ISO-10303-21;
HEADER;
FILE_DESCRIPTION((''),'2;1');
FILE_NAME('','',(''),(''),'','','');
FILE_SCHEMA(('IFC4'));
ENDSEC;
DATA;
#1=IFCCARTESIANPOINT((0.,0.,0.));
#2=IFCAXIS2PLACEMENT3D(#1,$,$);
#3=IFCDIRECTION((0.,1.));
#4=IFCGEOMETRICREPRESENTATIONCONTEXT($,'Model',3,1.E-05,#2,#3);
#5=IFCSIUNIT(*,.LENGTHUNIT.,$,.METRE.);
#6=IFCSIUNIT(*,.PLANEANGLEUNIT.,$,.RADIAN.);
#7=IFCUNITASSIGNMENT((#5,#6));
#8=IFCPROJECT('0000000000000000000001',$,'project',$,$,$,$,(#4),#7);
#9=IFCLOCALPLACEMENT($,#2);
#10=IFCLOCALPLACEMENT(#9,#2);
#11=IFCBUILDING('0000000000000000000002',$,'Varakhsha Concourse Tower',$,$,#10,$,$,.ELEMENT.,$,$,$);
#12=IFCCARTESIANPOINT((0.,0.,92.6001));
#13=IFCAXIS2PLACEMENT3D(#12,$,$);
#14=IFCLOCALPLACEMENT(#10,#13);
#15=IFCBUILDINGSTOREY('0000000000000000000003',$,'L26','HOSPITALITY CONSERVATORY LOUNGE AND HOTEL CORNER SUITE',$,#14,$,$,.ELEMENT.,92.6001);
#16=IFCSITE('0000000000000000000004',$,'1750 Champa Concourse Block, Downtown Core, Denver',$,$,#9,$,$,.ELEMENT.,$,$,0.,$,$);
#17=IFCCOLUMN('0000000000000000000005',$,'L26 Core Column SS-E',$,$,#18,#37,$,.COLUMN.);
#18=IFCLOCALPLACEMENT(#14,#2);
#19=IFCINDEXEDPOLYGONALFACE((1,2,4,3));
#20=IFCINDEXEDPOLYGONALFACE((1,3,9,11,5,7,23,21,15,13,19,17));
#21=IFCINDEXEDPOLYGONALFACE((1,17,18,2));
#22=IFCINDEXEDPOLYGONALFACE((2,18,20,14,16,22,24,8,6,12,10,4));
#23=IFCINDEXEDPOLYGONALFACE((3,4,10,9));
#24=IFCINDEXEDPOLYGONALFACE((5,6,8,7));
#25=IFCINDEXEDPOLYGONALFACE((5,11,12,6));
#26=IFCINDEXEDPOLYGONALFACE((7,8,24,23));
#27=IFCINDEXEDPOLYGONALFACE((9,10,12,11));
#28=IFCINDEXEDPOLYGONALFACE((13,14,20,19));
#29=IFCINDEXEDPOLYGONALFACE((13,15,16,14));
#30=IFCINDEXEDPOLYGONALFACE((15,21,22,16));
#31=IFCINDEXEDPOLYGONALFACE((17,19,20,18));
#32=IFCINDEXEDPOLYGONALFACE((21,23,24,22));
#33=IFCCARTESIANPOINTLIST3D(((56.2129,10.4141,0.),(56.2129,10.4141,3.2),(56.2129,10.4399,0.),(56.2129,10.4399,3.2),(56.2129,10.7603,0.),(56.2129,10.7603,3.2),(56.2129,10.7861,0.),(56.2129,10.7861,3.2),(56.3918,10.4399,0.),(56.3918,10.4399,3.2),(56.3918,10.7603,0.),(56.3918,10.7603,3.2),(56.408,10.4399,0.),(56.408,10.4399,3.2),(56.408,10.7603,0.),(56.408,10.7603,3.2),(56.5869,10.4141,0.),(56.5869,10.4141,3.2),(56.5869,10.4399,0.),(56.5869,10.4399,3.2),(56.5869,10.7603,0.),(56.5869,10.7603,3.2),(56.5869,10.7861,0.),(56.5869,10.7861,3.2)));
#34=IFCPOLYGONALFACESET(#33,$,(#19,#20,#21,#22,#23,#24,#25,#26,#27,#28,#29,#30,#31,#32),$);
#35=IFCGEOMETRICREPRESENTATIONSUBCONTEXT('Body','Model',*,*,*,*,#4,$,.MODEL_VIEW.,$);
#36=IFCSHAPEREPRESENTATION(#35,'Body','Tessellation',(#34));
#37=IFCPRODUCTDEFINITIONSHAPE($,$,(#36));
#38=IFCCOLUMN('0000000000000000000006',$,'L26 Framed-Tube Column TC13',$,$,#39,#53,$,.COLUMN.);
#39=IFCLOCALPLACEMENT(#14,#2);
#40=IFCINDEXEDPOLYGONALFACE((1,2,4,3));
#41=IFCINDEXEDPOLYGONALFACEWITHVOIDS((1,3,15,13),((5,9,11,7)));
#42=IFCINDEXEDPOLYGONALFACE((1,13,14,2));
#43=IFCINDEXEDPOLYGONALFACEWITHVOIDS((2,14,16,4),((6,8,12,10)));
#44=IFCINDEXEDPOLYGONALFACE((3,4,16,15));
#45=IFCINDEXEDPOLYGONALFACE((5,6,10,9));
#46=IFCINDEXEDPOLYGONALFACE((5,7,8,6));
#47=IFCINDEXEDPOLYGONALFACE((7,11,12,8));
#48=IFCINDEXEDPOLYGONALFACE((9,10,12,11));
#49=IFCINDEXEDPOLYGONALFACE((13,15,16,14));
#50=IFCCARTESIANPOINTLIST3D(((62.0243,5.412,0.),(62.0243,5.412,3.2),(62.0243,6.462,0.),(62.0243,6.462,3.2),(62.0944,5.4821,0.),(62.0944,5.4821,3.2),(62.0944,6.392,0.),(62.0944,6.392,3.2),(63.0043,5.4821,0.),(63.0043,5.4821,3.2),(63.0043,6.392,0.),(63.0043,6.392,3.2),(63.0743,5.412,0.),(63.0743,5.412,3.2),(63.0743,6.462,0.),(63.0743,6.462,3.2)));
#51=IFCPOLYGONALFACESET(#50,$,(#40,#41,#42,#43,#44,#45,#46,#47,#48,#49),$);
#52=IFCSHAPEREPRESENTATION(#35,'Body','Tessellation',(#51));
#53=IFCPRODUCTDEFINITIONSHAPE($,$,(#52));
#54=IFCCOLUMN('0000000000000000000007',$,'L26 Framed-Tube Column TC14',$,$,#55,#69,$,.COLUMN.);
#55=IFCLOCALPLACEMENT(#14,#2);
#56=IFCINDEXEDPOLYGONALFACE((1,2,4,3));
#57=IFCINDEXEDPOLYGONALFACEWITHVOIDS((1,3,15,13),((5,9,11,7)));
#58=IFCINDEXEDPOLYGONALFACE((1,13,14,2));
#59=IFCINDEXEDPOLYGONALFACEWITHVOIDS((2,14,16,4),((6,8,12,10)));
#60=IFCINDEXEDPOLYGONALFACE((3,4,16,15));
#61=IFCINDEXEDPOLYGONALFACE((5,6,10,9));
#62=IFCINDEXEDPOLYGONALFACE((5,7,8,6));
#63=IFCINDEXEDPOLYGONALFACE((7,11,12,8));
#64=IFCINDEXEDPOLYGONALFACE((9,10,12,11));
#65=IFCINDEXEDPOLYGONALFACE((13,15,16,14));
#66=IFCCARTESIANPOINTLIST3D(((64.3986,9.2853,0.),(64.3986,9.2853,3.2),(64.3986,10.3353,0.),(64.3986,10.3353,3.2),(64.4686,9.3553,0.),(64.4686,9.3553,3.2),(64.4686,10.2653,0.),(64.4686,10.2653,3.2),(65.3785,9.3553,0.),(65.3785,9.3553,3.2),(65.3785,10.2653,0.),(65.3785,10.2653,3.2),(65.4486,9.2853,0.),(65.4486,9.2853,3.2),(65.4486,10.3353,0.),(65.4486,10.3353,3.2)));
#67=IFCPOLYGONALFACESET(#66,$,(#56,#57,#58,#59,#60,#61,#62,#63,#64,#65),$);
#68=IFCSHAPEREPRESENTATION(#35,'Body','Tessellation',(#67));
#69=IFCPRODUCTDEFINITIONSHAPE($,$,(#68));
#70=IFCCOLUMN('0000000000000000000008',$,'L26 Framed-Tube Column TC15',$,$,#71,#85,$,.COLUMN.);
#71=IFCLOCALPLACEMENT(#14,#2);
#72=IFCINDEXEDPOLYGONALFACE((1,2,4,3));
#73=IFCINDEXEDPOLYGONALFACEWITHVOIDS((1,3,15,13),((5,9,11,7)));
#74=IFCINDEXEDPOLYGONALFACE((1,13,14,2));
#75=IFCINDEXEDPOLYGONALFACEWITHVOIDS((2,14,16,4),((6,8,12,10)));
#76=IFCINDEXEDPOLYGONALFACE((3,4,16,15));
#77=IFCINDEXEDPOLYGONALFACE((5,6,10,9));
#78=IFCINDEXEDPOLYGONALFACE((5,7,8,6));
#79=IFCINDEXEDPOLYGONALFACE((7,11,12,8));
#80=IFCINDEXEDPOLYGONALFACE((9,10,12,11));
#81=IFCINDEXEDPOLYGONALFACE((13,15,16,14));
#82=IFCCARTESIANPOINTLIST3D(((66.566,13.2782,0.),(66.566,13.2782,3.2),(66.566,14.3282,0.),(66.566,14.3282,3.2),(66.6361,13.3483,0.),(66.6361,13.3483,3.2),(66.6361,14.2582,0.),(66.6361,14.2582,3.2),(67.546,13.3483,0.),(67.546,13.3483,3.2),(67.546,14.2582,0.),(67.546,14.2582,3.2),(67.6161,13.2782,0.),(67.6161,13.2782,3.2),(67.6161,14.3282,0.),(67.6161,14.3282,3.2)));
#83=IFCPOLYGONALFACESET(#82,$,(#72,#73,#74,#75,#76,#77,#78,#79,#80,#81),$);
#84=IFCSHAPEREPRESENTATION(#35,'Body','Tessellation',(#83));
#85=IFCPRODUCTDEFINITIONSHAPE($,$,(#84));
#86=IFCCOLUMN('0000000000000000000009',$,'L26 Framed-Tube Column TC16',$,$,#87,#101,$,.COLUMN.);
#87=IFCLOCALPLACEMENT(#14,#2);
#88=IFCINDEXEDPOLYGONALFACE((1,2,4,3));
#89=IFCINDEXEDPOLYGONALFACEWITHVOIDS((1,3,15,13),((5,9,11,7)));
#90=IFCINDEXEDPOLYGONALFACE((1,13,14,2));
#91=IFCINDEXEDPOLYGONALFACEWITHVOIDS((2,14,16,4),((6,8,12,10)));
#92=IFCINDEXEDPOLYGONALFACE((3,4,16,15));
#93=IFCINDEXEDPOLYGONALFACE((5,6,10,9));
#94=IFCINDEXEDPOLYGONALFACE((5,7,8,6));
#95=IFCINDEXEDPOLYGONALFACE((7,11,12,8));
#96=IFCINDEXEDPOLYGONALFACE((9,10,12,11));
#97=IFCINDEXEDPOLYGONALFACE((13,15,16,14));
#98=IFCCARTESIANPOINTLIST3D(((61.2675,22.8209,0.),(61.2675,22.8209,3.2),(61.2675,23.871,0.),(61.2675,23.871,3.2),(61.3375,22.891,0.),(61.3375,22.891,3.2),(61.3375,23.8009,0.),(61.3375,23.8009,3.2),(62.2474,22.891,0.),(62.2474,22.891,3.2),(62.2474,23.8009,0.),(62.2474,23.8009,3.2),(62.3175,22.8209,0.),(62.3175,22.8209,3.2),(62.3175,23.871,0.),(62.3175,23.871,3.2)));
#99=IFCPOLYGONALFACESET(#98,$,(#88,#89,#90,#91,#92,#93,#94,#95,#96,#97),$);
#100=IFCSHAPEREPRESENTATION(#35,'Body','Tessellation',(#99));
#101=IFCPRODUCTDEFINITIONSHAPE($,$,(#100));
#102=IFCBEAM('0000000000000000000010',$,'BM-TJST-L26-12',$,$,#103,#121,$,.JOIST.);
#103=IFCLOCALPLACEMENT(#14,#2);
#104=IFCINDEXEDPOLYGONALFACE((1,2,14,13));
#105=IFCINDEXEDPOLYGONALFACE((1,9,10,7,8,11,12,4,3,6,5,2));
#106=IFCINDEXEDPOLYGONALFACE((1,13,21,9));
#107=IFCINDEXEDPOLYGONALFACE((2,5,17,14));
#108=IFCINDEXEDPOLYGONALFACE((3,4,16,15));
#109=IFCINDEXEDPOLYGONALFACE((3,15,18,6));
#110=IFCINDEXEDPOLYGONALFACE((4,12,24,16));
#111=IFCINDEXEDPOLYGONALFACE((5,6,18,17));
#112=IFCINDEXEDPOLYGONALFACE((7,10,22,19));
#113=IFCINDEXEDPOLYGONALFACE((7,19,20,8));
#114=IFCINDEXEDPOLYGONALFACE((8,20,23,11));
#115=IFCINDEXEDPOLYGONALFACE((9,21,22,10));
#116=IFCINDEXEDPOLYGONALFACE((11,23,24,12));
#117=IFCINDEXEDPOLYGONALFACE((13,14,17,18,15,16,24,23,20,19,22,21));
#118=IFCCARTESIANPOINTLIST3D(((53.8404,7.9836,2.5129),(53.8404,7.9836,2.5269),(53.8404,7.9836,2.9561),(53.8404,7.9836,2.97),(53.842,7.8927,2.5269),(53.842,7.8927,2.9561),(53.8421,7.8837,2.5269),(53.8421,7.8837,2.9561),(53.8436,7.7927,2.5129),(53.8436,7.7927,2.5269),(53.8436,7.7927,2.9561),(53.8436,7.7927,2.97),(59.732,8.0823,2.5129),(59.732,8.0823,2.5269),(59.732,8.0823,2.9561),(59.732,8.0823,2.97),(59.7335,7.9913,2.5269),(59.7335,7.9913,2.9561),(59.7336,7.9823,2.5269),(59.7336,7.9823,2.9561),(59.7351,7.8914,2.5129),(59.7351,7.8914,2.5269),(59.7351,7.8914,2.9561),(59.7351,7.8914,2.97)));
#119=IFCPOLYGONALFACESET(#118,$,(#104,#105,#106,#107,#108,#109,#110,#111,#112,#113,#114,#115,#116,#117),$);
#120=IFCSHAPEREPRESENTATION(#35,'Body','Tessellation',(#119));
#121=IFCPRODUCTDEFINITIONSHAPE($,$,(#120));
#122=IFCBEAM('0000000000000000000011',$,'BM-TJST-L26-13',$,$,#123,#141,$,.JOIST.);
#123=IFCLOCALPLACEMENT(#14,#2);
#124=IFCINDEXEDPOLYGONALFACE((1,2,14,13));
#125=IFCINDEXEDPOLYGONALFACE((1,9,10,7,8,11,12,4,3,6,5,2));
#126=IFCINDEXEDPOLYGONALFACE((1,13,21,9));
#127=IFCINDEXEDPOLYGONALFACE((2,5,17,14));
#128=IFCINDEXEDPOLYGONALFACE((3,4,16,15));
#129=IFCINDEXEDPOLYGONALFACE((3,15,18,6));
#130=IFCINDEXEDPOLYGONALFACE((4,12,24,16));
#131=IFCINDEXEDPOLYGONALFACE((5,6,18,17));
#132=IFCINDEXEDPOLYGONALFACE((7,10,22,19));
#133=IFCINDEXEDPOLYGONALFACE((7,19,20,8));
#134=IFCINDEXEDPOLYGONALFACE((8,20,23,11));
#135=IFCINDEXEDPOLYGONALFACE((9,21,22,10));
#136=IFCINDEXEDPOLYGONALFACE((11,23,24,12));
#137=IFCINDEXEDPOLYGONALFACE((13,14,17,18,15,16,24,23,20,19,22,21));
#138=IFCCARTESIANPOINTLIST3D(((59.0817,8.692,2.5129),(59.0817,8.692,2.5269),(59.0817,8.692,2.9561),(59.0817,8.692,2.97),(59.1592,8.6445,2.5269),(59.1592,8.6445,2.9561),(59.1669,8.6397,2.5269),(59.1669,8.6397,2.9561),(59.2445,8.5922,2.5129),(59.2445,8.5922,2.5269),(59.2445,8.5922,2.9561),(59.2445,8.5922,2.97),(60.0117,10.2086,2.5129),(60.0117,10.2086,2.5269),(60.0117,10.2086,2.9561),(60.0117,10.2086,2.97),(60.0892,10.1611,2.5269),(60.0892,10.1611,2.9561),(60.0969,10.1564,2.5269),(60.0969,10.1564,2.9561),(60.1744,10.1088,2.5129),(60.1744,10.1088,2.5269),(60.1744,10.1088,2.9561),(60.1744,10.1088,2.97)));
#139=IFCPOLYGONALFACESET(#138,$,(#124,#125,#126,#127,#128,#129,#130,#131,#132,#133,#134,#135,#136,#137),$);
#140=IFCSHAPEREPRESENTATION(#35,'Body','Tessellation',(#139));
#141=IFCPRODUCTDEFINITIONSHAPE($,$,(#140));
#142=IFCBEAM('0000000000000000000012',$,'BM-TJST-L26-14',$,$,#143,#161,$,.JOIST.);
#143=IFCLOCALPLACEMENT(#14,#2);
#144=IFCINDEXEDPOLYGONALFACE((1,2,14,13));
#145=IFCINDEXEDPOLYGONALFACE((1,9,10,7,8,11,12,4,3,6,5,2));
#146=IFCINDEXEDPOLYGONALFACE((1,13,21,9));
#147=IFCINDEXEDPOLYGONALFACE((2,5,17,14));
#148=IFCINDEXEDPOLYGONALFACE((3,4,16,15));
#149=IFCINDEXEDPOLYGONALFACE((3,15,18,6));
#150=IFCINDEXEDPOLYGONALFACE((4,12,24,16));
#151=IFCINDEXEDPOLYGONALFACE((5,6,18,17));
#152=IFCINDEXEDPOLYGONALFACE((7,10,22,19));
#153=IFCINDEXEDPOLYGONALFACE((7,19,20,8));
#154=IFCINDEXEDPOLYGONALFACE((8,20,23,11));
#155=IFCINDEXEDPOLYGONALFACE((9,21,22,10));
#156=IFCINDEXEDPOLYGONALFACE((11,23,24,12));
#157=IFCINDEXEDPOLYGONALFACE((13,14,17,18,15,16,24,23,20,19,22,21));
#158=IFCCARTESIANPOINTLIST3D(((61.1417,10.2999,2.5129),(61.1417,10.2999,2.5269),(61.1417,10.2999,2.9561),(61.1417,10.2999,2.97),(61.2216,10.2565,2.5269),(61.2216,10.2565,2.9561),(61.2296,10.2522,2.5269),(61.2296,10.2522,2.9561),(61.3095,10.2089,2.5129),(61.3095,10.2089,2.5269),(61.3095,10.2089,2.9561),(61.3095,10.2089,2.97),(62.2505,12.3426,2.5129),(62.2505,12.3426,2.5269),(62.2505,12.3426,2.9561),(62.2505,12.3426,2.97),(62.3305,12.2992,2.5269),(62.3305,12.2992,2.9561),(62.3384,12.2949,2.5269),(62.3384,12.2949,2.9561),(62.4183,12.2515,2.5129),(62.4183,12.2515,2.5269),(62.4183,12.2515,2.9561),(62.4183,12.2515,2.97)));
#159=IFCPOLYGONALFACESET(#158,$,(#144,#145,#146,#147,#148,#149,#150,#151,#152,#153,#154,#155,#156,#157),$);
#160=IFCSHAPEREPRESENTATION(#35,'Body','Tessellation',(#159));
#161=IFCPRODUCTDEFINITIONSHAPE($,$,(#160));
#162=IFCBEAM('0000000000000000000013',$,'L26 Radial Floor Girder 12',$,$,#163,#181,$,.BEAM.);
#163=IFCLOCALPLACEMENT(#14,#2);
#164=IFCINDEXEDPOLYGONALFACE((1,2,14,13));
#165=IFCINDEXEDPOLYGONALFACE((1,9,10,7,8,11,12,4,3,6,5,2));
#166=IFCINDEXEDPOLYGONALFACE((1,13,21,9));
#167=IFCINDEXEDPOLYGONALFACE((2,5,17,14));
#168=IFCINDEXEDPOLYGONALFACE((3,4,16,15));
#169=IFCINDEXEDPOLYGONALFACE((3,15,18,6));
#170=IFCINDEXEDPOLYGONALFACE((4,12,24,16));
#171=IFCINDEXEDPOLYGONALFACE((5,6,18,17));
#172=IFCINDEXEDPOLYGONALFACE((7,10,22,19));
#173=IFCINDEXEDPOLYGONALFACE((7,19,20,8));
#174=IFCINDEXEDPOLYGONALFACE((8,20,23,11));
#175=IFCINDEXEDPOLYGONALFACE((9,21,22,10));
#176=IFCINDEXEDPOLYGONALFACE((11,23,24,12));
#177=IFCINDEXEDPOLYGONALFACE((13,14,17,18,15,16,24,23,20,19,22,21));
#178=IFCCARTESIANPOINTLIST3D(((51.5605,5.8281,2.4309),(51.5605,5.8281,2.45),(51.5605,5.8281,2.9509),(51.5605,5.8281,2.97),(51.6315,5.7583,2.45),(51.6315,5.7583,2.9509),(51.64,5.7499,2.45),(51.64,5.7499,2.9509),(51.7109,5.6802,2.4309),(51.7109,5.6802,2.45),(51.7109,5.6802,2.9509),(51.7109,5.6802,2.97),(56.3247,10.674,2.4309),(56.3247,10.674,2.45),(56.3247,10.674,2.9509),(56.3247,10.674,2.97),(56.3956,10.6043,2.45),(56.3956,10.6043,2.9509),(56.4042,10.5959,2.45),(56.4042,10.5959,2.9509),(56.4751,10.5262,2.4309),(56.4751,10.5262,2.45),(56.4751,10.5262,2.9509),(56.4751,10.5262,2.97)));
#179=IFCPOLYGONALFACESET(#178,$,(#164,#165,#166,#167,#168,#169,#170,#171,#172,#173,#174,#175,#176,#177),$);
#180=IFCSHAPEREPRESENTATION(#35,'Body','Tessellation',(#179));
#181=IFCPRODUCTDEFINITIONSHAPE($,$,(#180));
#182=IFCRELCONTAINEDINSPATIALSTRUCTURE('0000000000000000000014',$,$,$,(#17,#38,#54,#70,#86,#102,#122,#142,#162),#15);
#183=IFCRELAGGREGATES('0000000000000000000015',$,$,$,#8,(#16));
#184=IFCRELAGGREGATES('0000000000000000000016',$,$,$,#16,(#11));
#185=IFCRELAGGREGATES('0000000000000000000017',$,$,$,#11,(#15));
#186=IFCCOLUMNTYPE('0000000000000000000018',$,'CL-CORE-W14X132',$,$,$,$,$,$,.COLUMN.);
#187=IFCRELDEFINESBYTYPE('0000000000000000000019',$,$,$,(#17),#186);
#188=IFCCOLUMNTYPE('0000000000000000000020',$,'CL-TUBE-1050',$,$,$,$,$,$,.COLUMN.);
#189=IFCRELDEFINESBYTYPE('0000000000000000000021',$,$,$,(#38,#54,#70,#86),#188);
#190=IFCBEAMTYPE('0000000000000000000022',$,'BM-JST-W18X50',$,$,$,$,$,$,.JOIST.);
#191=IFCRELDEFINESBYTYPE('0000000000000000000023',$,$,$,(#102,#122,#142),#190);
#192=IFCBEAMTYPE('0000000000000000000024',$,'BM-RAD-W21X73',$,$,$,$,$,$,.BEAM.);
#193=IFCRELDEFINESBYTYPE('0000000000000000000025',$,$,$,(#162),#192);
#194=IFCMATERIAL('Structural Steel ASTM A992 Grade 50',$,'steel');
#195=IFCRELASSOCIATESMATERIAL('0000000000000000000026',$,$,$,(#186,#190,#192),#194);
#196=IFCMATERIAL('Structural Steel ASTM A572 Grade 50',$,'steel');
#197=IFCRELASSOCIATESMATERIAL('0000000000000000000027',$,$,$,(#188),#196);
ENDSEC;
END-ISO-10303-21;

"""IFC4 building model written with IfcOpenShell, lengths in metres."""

from ifc_helpers import new_model, si_unit, direction, frame, origin, origin_2d, place, context, subcontext, project, spatial, hollow_rectangle, i_section, extrude, material, material_profile, profile_set, type_object, element, save


model = new_model("IFC4")

# Units and contexts
model_context = context("Model", 3, precision=1e-05, world=origin(), true_north=direction((0.0, 1.0)))
body_context = subcontext(model_context, "Body", "Model", "MODEL_VIEW")
ifc_project = project(units=[si_unit("LENGTHUNIT", "METRE"), si_unit("PLANEANGLEUNIT", "RADIAN")], contexts=[model_context])

# Site, building, storey
site_placement = place(None, origin())
site = spatial("IfcSite", under=ifc_project, at=site_placement, Name="1750 Champa Concourse Block, Downtown Core, Denver", CompositionType="ELEMENT", RefElevation=0.0)
building_placement = place(site_placement, origin())
building = spatial("IfcBuilding", under=site, at=building_placement, Name="Varakhsha Concourse Tower", CompositionType="ELEMENT")
storey_placement = place(building_placement, frame((0.0, 0.0, 92.6001)))
storey = spatial("IfcBuildingStorey", under=building, at=storey_placement, Name="L26", Description="HOSPITALITY CONSERVATORY LOUNGE AND HOTEL CORNER SUITE", CompositionType="ELEMENT", Elevation=92.6001)

# Columns
ifc_material_1 = material(Name="Structural Steel ASTM A992 Grade 50", Category="steel")
ifc_material_profile_1 = material_profile(ifc_material_1, i_section(OverallWidth=0.374, OverallDepth=0.3721, WebThickness=0.0161, FlangeThickness=0.0259, at=origin_2d()), Name="W14X132")
ifc_profile_set_1 = profile_set([ifc_material_profile_1], Name="Structural Steel ASTM A992 Grade 50")
column_type_1 = type_object("IfcColumnType", Name="CL-CORE-W14X132", PredefinedType="COLUMN", material=ifc_profile_set_1)
column_placement = place(storey_placement, frame((56.3999, 10.6001, 0.0), z_axis=(0.0, 0.0, 1.0), x_axis=(1.0, 0.0, 0.0)))
element("IfcColumn", 1, at=column_placement, inside=storey, type_object=column_type_1, Name="L26 Core Column SS-E", PredefinedType="COLUMN", context=body_context, shape_type="SweptSolid", body=[
    extrude(i_section(OverallWidth=0.374, OverallDepth=0.3721, WebThickness=0.0161, FlangeThickness=0.0259, at=origin_2d()), origin(), (0.0, 0.0, 1.0), 3.2),
])
ifc_material_2 = material(Name="Structural Steel ASTM A572 Grade 50", Category="steel")
ifc_material_profile_2 = material_profile(ifc_material_2, hollow_rectangle(XDim=1.05, YDim=1.05, WallThickness=0.0701, at=origin_2d()), Name="BOX 1050x1050x70")
ifc_profile_set_2 = profile_set([ifc_material_profile_2], Name="Structural Steel ASTM A572 Grade 50")
column_type_2 = type_object("IfcColumnType", Name="CL-TUBE-1050", PredefinedType="COLUMN", material=ifc_profile_set_2)
for number, where, z_axis, x_axis, name in (
    (2, (62.5493, 5.937, 0.0), (0.0, 0.0, 1.0), (1.0, 0.0, 0.0), "L26 Framed-Tube Column TC13"),
    (3, (64.9236, 9.8103, 0.0), (0.0, 0.0, 1.0), (1.0, 0.0, 0.0), "L26 Framed-Tube Column TC14"),
    (4, (67.0911, 13.8032, 0.0), (0.0, 0.0, 1.0), (1.0, 0.0, 0.0), "L26 Framed-Tube Column TC15"),
    (5, (61.7925, 23.3459, 0.0), (0.0, 0.0, 1.0), (1.0, 0.0, 0.0), "L26 Framed-Tube Column TC16"),
):
    element("IfcColumn", number, at=place(storey_placement, frame(where, z_axis=z_axis, x_axis=x_axis)), inside=storey, type_object=column_type_2, Name=name, PredefinedType="COLUMN", context=body_context, shape_type="SweptSolid", body=[
        extrude(hollow_rectangle(XDim=1.05, YDim=1.05, WallThickness=0.0701, at=origin_2d()), origin(), (0.0, 0.0, 1.0), 3.2),
    ])

# Beams
ifc_material_profile_3 = material_profile(ifc_material_1, i_section(OverallWidth=0.1909, OverallDepth=0.457, WebThickness=0.009, FlangeThickness=0.0139, at=origin_2d()), Name="W18X50")
ifc_profile_set_3 = profile_set([ifc_material_profile_3], Name="Structural Steel ASTM A992 Grade 50")
beam_type_1 = type_object("IfcBeamType", Name="BM-JST-W18X50", PredefinedType="JOIST", material=ifc_profile_set_3)
beam_1_placement = place(storey_placement, frame((53.842, 7.8882, 2.7415), z_axis=(0.99986, 0.016739, 0.0), x_axis=(-0.016739, 0.99986, 0.0)))
element("IfcBeam", 6, at=beam_1_placement, inside=storey, type_object=beam_type_1, Name="BM-TJST-L26-12", PredefinedType="JOIST", context=body_context, shape_type="SweptSolid", body=[
    extrude(i_section(OverallWidth=0.1909, OverallDepth=0.457, WebThickness=0.009, FlangeThickness=0.0139, at=origin_2d()), origin(), (0.0, 0.0, 1.0), 5.8923),
])
beam_2_placement = place(storey_placement, frame((59.1631, 8.6421, 2.7415), z_axis=(0.522726, 0.852501, 0.0), x_axis=(-0.852501, 0.522726, 0.0)))
element("IfcBeam", 7, at=beam_2_placement, inside=storey, type_object=beam_type_1, Name="BM-TJST-L26-13", PredefinedType="JOIST", context=body_context, shape_type="SweptSolid", body=[
    extrude(i_section(OverallWidth=0.1909, OverallDepth=0.457, WebThickness=0.009, FlangeThickness=0.0139, at=origin_2d()), origin(), (0.0, 0.0, 1.0), 1.7791),
])
beam_3_placement = place(storey_placement, frame((61.2256, 10.2544, 2.7415), z_axis=(0.477085, 0.878857, 0.0), x_axis=(-0.878857, 0.477085, 0.0)))
element("IfcBeam", 8, at=beam_3_placement, inside=storey, type_object=beam_type_1, Name="BM-TJST-L26-14", PredefinedType="JOIST", context=body_context, shape_type="SweptSolid", body=[
    extrude(i_section(OverallWidth=0.1909, OverallDepth=0.457, WebThickness=0.009, FlangeThickness=0.0139, at=origin_2d()), origin(), (0.0, 0.0, 1.0), 2.3242),
])
ifc_material_profile_4 = material_profile(ifc_material_1, i_section(OverallWidth=0.2109, OverallDepth=0.5391, WebThickness=0.012, FlangeThickness=0.019, at=origin_2d()), Name="W21X73")
ifc_profile_set_4 = profile_set([ifc_material_profile_4], Name="Structural Steel ASTM A992 Grade 50")
beam_type_2 = type_object("IfcBeamType", Name="BM-RAD-W21X73", PredefinedType="BEAM", material=ifc_profile_set_4)
beam_4_placement = place(storey_placement, frame((56.3999, 10.6001, 2.7004), z_axis=(-0.701064, -0.713099, 0.0), x_axis=(0.713099, -0.701064, 0.0)))
element("IfcBeam", 9, at=beam_4_placement, inside=storey, type_object=beam_type_2, Name="L26 Radial Floor Girder 12", PredefinedType="BEAM", context=body_context, shape_type="SweptSolid", body=[
    extrude(i_section(OverallWidth=0.2109, OverallDepth=0.5391, WebThickness=0.012, FlangeThickness=0.019, at=origin_2d()), origin(), (0.0, 0.0, 1.0), 6.7957),
])

save(model, "model.ifc")
